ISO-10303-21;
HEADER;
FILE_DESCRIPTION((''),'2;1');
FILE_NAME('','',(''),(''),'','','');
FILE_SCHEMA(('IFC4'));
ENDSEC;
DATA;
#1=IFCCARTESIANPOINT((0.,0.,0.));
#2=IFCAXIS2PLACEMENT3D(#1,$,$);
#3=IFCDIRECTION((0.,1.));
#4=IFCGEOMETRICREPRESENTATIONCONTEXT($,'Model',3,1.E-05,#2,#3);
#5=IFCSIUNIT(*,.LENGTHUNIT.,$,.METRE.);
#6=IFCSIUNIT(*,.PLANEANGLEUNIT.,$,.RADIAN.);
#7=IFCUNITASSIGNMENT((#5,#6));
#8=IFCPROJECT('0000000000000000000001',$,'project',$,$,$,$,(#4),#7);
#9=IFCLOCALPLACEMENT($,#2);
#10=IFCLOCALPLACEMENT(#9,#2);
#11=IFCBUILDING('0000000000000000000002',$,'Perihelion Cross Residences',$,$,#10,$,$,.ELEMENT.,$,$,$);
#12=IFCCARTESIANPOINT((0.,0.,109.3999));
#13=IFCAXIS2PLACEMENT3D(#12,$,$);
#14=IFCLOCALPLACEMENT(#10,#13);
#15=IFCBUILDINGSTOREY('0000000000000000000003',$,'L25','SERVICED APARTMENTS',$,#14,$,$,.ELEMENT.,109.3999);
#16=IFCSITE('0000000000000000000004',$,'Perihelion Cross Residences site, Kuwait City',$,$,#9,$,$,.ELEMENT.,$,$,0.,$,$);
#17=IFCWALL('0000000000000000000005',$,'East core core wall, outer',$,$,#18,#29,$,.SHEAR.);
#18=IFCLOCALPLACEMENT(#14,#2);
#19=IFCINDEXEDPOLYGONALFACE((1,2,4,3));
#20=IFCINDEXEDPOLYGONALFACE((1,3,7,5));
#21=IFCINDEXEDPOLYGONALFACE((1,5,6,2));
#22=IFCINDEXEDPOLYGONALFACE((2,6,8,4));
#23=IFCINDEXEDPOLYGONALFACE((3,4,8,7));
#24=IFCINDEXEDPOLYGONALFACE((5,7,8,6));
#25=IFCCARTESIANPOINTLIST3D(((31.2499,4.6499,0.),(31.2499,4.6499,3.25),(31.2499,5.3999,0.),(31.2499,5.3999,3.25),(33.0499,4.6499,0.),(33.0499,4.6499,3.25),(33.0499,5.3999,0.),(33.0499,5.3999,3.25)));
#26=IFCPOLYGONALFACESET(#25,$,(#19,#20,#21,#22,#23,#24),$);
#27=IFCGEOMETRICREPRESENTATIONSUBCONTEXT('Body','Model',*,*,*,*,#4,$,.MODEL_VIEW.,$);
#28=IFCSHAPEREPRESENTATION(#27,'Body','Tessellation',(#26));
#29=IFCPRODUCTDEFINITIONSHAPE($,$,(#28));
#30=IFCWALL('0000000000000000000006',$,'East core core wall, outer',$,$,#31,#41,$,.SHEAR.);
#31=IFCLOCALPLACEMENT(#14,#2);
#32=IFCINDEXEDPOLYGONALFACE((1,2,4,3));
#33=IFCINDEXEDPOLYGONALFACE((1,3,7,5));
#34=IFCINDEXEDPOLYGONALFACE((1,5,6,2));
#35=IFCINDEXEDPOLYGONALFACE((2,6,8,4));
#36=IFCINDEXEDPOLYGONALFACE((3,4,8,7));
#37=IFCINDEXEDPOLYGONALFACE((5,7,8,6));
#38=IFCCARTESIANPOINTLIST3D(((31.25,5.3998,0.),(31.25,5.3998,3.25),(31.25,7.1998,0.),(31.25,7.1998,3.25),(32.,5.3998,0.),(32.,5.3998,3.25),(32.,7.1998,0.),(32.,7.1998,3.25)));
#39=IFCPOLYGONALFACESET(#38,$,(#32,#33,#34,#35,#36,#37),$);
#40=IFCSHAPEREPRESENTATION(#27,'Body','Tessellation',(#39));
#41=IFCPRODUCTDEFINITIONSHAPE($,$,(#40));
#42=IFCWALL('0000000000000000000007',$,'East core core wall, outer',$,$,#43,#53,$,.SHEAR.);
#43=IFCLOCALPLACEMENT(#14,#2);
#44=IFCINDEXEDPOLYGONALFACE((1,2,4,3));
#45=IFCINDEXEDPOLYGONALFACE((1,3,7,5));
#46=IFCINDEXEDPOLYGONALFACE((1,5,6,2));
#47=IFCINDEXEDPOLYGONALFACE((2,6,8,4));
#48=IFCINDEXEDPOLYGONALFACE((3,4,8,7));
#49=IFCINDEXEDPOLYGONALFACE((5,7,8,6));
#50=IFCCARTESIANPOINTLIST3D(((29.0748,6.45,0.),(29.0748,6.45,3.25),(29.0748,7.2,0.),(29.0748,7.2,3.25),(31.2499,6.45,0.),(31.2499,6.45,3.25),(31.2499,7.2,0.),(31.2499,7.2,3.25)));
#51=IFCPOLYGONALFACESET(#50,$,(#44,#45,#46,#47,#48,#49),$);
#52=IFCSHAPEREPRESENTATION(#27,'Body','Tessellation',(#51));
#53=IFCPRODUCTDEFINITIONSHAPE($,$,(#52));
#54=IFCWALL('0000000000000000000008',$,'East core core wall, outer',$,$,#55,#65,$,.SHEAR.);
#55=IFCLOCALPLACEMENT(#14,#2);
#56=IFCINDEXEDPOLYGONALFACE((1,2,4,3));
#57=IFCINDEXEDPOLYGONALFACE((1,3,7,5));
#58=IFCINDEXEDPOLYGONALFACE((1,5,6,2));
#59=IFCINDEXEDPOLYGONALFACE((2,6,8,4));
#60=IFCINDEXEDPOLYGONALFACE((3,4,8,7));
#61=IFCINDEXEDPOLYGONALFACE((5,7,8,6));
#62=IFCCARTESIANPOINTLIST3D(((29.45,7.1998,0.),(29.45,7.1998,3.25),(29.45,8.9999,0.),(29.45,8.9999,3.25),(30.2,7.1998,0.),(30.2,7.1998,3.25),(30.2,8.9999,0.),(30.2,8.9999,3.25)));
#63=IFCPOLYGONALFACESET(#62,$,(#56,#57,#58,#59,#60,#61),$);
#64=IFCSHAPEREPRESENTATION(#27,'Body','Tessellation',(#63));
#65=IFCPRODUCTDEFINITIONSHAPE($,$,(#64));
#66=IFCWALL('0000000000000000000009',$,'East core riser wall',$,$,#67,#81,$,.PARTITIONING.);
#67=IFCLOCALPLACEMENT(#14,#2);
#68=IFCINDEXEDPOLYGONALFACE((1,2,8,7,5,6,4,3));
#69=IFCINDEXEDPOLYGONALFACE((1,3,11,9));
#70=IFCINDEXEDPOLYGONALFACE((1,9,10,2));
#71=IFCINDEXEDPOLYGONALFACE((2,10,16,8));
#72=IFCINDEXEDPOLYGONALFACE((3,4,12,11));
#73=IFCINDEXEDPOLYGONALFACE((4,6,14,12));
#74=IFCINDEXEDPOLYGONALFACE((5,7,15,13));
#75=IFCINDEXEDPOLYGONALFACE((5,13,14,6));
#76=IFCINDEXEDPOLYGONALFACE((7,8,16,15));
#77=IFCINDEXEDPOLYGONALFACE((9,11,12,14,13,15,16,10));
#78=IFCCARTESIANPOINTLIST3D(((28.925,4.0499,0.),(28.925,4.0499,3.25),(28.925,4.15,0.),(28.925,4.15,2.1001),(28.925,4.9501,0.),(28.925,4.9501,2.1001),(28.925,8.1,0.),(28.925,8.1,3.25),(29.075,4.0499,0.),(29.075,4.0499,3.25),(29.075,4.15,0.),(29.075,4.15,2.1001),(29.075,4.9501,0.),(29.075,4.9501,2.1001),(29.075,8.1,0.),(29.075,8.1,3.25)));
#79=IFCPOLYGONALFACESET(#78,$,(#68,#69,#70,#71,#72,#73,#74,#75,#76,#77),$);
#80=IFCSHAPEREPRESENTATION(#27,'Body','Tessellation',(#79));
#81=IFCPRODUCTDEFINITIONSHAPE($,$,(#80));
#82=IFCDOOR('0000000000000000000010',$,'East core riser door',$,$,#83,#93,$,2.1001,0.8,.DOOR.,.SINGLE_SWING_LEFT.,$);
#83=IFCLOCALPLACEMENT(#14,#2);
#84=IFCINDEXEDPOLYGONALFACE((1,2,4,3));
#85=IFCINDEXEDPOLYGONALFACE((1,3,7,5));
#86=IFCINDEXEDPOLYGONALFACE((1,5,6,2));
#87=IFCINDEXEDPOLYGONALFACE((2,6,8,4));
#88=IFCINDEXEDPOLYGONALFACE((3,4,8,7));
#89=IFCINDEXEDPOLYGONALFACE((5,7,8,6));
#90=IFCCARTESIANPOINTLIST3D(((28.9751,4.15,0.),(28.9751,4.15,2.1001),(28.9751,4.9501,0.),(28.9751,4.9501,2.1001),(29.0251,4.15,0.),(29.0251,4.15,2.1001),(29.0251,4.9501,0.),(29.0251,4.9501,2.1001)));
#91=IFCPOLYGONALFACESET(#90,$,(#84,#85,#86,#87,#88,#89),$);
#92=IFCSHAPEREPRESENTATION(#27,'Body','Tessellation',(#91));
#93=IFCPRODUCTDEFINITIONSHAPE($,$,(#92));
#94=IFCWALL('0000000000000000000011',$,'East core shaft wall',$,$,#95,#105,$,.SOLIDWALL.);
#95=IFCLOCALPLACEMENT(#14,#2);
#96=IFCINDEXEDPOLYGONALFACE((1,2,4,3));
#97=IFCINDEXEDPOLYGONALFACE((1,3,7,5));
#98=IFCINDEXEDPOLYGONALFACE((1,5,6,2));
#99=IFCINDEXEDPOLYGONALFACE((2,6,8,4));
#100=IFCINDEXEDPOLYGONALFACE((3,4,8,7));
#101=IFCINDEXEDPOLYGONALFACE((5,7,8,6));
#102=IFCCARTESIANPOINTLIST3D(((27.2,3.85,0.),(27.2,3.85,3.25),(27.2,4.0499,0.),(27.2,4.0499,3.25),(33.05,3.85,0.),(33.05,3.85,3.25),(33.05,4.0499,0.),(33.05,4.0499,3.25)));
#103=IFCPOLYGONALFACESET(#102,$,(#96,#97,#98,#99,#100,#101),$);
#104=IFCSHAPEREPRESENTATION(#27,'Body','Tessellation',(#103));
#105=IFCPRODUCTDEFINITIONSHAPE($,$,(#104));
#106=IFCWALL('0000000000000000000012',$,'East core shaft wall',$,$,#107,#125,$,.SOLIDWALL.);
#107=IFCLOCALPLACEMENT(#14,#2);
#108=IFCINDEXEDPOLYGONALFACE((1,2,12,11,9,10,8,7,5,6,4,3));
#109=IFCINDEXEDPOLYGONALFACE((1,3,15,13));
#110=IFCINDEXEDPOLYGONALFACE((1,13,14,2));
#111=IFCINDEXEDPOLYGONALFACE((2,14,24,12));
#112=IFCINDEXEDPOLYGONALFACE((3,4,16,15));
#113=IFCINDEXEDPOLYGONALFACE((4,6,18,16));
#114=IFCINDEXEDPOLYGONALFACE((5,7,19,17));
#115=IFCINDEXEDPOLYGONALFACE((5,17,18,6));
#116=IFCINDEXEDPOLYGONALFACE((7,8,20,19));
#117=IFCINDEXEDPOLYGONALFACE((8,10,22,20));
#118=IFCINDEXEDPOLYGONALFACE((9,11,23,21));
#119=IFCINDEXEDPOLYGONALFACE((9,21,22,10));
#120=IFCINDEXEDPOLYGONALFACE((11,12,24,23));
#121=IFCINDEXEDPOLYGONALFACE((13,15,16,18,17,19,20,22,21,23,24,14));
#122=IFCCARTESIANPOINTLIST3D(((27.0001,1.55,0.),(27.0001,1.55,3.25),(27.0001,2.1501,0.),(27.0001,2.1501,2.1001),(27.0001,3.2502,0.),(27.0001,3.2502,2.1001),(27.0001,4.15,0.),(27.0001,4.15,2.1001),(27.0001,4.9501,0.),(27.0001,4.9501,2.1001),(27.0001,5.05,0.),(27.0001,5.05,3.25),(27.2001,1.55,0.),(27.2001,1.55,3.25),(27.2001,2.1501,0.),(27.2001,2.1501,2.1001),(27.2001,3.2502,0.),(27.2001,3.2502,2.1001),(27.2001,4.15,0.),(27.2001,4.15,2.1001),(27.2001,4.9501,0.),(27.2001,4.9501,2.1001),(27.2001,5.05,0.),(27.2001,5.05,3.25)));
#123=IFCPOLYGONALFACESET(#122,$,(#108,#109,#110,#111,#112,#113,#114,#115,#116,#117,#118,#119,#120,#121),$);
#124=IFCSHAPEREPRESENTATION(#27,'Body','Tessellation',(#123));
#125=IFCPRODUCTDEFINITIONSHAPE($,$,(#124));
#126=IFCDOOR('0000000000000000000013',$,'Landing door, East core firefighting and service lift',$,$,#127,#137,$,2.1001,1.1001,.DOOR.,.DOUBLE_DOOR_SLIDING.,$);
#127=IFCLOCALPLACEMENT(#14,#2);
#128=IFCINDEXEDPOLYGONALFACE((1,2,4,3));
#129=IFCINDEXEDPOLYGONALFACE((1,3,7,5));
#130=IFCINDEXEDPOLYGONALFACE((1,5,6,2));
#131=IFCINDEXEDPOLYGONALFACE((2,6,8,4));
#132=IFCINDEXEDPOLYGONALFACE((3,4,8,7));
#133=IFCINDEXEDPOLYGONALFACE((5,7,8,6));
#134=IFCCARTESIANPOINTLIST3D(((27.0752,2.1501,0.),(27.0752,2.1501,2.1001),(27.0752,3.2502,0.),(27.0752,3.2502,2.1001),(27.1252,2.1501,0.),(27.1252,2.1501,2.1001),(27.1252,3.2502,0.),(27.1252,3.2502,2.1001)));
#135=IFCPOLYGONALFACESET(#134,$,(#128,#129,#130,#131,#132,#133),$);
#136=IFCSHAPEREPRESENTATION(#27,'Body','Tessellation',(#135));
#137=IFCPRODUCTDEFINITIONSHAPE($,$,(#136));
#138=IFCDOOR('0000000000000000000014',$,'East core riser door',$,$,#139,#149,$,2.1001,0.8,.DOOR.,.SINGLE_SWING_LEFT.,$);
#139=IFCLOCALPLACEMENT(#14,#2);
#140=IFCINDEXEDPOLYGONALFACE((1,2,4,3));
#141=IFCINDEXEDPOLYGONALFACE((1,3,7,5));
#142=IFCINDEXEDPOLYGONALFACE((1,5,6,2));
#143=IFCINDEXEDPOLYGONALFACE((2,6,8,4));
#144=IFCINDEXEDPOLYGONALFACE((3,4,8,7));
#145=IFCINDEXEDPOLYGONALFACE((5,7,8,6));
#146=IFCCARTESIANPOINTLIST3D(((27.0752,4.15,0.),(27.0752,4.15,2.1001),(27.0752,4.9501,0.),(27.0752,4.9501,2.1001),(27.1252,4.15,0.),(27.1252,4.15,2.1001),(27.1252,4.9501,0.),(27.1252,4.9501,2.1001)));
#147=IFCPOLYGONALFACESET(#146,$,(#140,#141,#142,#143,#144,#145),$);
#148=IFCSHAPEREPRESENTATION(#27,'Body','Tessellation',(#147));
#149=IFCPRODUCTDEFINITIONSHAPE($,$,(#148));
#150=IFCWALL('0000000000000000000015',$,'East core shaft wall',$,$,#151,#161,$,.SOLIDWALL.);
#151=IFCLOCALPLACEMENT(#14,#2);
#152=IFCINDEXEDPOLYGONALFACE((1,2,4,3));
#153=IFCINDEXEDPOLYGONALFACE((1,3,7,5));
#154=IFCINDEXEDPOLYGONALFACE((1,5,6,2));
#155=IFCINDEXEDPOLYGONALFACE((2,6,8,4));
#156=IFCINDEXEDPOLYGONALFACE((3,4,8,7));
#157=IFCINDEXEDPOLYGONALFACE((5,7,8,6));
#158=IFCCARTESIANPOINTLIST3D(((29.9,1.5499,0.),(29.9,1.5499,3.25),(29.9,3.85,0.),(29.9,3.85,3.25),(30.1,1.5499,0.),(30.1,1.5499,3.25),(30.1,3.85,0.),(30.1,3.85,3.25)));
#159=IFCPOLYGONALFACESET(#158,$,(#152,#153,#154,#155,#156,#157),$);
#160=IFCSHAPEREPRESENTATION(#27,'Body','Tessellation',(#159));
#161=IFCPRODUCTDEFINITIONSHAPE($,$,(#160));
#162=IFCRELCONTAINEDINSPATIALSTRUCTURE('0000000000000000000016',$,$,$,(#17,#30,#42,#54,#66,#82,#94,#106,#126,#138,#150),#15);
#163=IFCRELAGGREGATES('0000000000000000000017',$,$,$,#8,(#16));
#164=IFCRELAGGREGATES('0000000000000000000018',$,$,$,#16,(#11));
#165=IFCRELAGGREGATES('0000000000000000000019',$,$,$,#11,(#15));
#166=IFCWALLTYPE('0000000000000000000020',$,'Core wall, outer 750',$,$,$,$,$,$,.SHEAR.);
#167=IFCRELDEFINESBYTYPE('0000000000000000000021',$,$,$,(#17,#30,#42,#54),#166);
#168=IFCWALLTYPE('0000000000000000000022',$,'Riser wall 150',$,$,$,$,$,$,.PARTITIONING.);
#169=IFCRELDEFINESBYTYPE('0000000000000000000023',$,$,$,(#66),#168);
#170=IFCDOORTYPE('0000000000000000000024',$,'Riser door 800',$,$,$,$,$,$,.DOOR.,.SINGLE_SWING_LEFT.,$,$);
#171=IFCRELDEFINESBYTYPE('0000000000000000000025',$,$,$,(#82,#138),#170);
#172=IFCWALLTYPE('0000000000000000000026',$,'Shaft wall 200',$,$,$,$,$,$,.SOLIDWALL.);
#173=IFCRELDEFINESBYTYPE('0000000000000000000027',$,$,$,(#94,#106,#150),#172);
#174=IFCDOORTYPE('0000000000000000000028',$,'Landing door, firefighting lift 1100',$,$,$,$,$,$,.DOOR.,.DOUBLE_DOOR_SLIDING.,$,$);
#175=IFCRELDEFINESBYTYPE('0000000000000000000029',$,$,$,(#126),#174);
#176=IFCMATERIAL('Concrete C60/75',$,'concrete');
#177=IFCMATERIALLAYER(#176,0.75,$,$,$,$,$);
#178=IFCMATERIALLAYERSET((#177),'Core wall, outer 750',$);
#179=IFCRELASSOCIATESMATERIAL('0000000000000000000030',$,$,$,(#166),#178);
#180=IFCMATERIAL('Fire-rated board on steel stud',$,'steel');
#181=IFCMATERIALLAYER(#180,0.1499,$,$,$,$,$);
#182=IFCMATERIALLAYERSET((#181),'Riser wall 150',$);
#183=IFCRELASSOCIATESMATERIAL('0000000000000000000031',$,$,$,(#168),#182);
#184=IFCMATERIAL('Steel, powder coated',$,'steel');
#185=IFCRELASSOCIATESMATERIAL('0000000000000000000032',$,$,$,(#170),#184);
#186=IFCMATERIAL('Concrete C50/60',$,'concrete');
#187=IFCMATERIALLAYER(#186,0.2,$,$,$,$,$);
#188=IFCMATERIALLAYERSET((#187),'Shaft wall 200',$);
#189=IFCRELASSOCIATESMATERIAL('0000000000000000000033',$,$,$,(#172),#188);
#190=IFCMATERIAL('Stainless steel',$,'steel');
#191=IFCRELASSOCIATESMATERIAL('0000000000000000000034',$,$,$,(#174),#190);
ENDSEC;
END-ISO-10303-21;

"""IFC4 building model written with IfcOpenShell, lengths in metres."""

from ifc_helpers import new_model, si_unit, direction, frame, frame_2d, origin, place, context, subcontext, project, spatial, rectangle, extrude, material, layer, layer_set, type_object, element, fill, save


model = new_model("IFC4")

# Units and contexts
model_context = context("Model", 3, precision=1e-05, world=origin(), true_north=direction((0.0, 1.0)))
body_context = subcontext(model_context, "Body", "Model", "MODEL_VIEW")
ifc_project = project(units=[si_unit("LENGTHUNIT", "METRE"), si_unit("PLANEANGLEUNIT", "RADIAN")], contexts=[model_context])

# Site, building, storey
site_placement = place(None, origin())
site = spatial("IfcSite", under=ifc_project, at=site_placement, Name="Perihelion Cross Residences site, Kuwait City", CompositionType="ELEMENT", RefElevation=0.0)
building_placement = place(site_placement, origin())
building = spatial("IfcBuilding", under=site, at=building_placement, Name="Perihelion Cross Residences", CompositionType="ELEMENT")
storey_placement = place(building_placement, frame((0.0, 0.0, 109.3999)))
storey = spatial("IfcBuildingStorey", under=building, at=storey_placement, Name="L25", Description="SERVICED APARTMENTS", CompositionType="ELEMENT", Elevation=109.3999)

# Walls
ifc_material_1 = material(Name="Concrete C60/75", Category="concrete")
ifc_layer_1 = layer(ifc_material_1, 0.75)
ifc_layer_set_1 = layer_set([ifc_layer_1], Name="Core wall, outer 750")
wall_type_1 = type_object("IfcWallType", Name="Core wall, outer 750", PredefinedType="SHEAR", material=ifc_layer_set_1)
for number, where, z_axis, x_axis, name in (
    (1, (31.25, 5.0249, 0.0), (0.0, 0.0, 1.0), (1.0, 0.0, 0.0), "East core core wall, outer"),
    (2, (31.625, 5.3999, 0.0), (0.0, 0.0, 1.0), (0.0, 1.0, 0.0), "East core core wall, outer"),
):
    element("IfcWall", number, at=place(storey_placement, frame(where, z_axis=z_axis, x_axis=x_axis)), inside=storey, type_object=wall_type_1, Name=name, PredefinedType="SHEAR", context=body_context, shape_type="SweptSolid", body=[
        extrude(rectangle(XDim=1.8, YDim=0.75, at=frame_2d((0.8999, 0.0))), origin(), (0.0, 0.0, 1.0), 3.25),
    ])
wall_1_placement = place(storey_placement, frame((29.075, 6.825, 0.0), z_axis=(0.0, 0.0, 1.0), x_axis=(1.0, 0.0, 0.0)))
element("IfcWall", 3, at=wall_1_placement, inside=storey, type_object=wall_type_1, Name="East core core wall, outer", PredefinedType="SHEAR", context=body_context, shape_type="SweptSolid", body=[
    extrude(rectangle(XDim=2.175, YDim=0.75, at=frame_2d((1.0874, 0.0))), origin(), (0.0, 0.0, 1.0), 3.25),
])
wall_2_placement = place(storey_placement, frame((29.825, 7.2, 0.0), z_axis=(0.0, 0.0, 1.0), x_axis=(0.0, 1.0, 0.0)))
element("IfcWall", 4, at=wall_2_placement, inside=storey, type_object=wall_type_1, Name="East core core wall, outer", PredefinedType="SHEAR", context=body_context, shape_type="SweptSolid", body=[
    extrude(rectangle(XDim=1.8, YDim=0.75, at=frame_2d((0.8999, 0.0))), origin(), (0.0, 0.0, 1.0), 3.25),
])

# Wall, opening, door
ifc_material_2 = material(Name="Fire-rated board on steel stud", Category="steel")
ifc_layer_2 = layer(ifc_material_2, 0.1499)
ifc_layer_set_2 = layer_set([ifc_layer_2], Name="Riser wall 150")
wall_type_2 = type_object("IfcWallType", Name="Riser wall 150", PredefinedType="PARTITIONING", material=ifc_layer_set_2)
wall_3_placement = place(storey_placement, frame((29.0, 4.05, 0.0), z_axis=(0.0, 0.0, 1.0), x_axis=(0.0, 1.0, 0.0)))
wall_3 = element("IfcWall", 5, at=wall_3_placement, inside=storey, type_object=wall_type_2, Name="East core riser wall", PredefinedType="PARTITIONING", context=body_context, shape_type="SweptSolid", body=[
    extrude(rectangle(XDim=4.05, YDim=0.1499, at=frame_2d((2.0249, 0.0))), origin(), (0.0, 0.0, 1.0), 3.25),
])
opening_1_placement = place(wall_3_placement, frame((0.1001, 0.0, 0.0)))
opening_1 = element("IfcOpeningElement", 6, at=opening_1_placement, cuts=wall_3, PredefinedType="OPENING", context=body_context, shape_type="SweptSolid", body=[
    extrude(rectangle(XDim=0.8, YDim=2.1001, at=frame_2d((0.3999, 1.05))), frame((0.0, 0.085, 0.0), z_axis=(0.0, -1.0, 0.0), x_axis=(1.0, 0.0, 0.0)), (0.0, 0.0, 1.0), 0.1699),
])
ifc_material_3 = material(Name="Steel, powder coated", Category="steel")
door_type_1 = type_object("IfcDoorType", Name="Riser door 800", OperationType="SINGLE_SWING_LEFT", PredefinedType="DOOR", material=ifc_material_3)
door_1_placement = place(opening_1_placement, origin())
door_1 = element("IfcDoor", 7, at=door_1_placement, inside=storey, type_object=door_type_1, Name="East core riser door", OperationType="SINGLE_SWING_LEFT", OverallHeight=2.1001, OverallWidth=0.8, PredefinedType="DOOR", context=body_context, shape_type="SweptSolid", body=[
    extrude(rectangle(XDim=0.8, YDim=2.1001, at=frame_2d((0.3999, 1.05))), frame((0.0, 0.0249, 0.0), z_axis=(0.0, -1.0, 0.0), x_axis=(1.0, 0.0, 0.0)), (0.0, 0.0, 1.0), 0.05),
])
fill(opening_1, door_1)

# Wall
ifc_material_4 = material(Name="Concrete C50/60", Category="concrete")
ifc_layer_3 = layer(ifc_material_4, 0.2)
ifc_layer_set_3 = layer_set([ifc_layer_3], Name="Shaft wall 200")
wall_type_3 = type_object("IfcWallType", Name="Shaft wall 200", PredefinedType="SOLIDWALL", material=ifc_layer_set_3)
wall_4_placement = place(storey_placement, frame((27.2, 3.95, 0.0), z_axis=(0.0, 0.0, 1.0), x_axis=(1.0, 0.0, 0.0)))
element("IfcWall", 8, at=wall_4_placement, inside=storey, type_object=wall_type_3, Name="East core shaft wall", PredefinedType="SOLIDWALL", context=body_context, shape_type="SweptSolid", body=[
    extrude(rectangle(XDim=5.8501, YDim=0.2, at=frame_2d((2.925, 0.0))), origin(), (0.0, 0.0, 1.0), 3.25),
])

# Wall, openings, doors
wall_5_placement = place(storey_placement, frame((27.1001, 1.55, 0.0), z_axis=(0.0, 0.0, 1.0), x_axis=(0.0, 1.0, 0.0)))
wall_5 = element("IfcWall", 9, at=wall_5_placement, inside=storey, type_object=wall_type_3, Name="East core shaft wall", PredefinedType="SOLIDWALL", context=body_context, shape_type="SweptSolid", body=[
    extrude(rectangle(XDim=3.5, YDim=0.2, at=frame_2d((1.75, 0.0))), origin(), (0.0, 0.0, 1.0), 3.25),
])
opening_2_placement = place(wall_5_placement, frame((0.6001, 0.0, 0.0)))
opening_2 = element("IfcOpeningElement", 10, at=opening_2_placement, cuts=wall_5, PredefinedType="OPENING", context=body_context, shape_type="SweptSolid", body=[
    extrude(rectangle(XDim=1.1001, YDim=2.1001, at=frame_2d((0.55, 1.05))), frame((0.0, 0.1099, 0.0), z_axis=(0.0, -1.0, 0.0), x_axis=(1.0, 0.0, 0.0)), (0.0, 0.0, 1.0), 0.22),
])
opening_3_placement = place(wall_5_placement, frame((2.6001, 0.0, 0.0)))
opening_3 = element("IfcOpeningElement", 11, at=opening_3_placement, cuts=wall_5, PredefinedType="OPENING", context=body_context, shape_type="SweptSolid", body=[
    extrude(rectangle(XDim=0.8, YDim=2.1001, at=frame_2d((0.3999, 1.05))), frame((0.0, 0.1099, 0.0), z_axis=(0.0, -1.0, 0.0), x_axis=(1.0, 0.0, 0.0)), (0.0, 0.0, 1.0), 0.22),
])
ifc_material_5 = material(Name="Stainless steel", Category="steel")
door_type_2 = type_object("IfcDoorType", Name="Landing door, firefighting lift 1100", OperationType="DOUBLE_DOOR_SLIDING", PredefinedType="DOOR", material=ifc_material_5)
door_2_placement = place(opening_2_placement, origin())
door_2 = element("IfcDoor", 12, at=door_2_placement, inside=storey, type_object=door_type_2, Name="Landing door, East core firefighting and service lift", OperationType="DOUBLE_DOOR_SLIDING", OverallHeight=2.1001, OverallWidth=1.1001, PredefinedType="DOOR", context=body_context, shape_type="SweptSolid", body=[
    extrude(rectangle(XDim=1.1001, YDim=2.1001, at=frame_2d((0.55, 1.05))), frame((0.0, 0.0249, 0.0), z_axis=(0.0, -1.0, 0.0), x_axis=(1.0, 0.0, 0.0)), (0.0, 0.0, 1.0), 0.05),
])
fill(opening_2, door_2)
door_3_placement = place(opening_3_placement, origin())
door_3 = element("IfcDoor", 13, at=door_3_placement, inside=storey, type_object=door_type_1, Name="East core riser door", OperationType="SINGLE_SWING_LEFT", OverallHeight=2.1001, OverallWidth=0.8, PredefinedType="DOOR", context=body_context, shape_type="SweptSolid", body=[
    extrude(rectangle(XDim=0.8, YDim=2.1001, at=frame_2d((0.3999, 1.05))), frame((0.0, 0.0249, 0.0), z_axis=(0.0, -1.0, 0.0), x_axis=(1.0, 0.0, 0.0)), (0.0, 0.0, 1.0), 0.05),
])
fill(opening_3, door_3)

# Wall
wall_6_placement = place(storey_placement, frame((30.0, 1.55, 0.0), z_axis=(0.0, 0.0, 1.0), x_axis=(0.0, 1.0, 0.0)))
element("IfcWall", 14, at=wall_6_placement, inside=storey, type_object=wall_type_3, Name="East core shaft wall", PredefinedType="SOLIDWALL", context=body_context, shape_type="SweptSolid", body=[
    extrude(rectangle(XDim=2.3, YDim=0.2, at=frame_2d((1.1499, 0.0))), origin(), (0.0, 0.0, 1.0), 3.25),
])

save(model, "model.ifc")
